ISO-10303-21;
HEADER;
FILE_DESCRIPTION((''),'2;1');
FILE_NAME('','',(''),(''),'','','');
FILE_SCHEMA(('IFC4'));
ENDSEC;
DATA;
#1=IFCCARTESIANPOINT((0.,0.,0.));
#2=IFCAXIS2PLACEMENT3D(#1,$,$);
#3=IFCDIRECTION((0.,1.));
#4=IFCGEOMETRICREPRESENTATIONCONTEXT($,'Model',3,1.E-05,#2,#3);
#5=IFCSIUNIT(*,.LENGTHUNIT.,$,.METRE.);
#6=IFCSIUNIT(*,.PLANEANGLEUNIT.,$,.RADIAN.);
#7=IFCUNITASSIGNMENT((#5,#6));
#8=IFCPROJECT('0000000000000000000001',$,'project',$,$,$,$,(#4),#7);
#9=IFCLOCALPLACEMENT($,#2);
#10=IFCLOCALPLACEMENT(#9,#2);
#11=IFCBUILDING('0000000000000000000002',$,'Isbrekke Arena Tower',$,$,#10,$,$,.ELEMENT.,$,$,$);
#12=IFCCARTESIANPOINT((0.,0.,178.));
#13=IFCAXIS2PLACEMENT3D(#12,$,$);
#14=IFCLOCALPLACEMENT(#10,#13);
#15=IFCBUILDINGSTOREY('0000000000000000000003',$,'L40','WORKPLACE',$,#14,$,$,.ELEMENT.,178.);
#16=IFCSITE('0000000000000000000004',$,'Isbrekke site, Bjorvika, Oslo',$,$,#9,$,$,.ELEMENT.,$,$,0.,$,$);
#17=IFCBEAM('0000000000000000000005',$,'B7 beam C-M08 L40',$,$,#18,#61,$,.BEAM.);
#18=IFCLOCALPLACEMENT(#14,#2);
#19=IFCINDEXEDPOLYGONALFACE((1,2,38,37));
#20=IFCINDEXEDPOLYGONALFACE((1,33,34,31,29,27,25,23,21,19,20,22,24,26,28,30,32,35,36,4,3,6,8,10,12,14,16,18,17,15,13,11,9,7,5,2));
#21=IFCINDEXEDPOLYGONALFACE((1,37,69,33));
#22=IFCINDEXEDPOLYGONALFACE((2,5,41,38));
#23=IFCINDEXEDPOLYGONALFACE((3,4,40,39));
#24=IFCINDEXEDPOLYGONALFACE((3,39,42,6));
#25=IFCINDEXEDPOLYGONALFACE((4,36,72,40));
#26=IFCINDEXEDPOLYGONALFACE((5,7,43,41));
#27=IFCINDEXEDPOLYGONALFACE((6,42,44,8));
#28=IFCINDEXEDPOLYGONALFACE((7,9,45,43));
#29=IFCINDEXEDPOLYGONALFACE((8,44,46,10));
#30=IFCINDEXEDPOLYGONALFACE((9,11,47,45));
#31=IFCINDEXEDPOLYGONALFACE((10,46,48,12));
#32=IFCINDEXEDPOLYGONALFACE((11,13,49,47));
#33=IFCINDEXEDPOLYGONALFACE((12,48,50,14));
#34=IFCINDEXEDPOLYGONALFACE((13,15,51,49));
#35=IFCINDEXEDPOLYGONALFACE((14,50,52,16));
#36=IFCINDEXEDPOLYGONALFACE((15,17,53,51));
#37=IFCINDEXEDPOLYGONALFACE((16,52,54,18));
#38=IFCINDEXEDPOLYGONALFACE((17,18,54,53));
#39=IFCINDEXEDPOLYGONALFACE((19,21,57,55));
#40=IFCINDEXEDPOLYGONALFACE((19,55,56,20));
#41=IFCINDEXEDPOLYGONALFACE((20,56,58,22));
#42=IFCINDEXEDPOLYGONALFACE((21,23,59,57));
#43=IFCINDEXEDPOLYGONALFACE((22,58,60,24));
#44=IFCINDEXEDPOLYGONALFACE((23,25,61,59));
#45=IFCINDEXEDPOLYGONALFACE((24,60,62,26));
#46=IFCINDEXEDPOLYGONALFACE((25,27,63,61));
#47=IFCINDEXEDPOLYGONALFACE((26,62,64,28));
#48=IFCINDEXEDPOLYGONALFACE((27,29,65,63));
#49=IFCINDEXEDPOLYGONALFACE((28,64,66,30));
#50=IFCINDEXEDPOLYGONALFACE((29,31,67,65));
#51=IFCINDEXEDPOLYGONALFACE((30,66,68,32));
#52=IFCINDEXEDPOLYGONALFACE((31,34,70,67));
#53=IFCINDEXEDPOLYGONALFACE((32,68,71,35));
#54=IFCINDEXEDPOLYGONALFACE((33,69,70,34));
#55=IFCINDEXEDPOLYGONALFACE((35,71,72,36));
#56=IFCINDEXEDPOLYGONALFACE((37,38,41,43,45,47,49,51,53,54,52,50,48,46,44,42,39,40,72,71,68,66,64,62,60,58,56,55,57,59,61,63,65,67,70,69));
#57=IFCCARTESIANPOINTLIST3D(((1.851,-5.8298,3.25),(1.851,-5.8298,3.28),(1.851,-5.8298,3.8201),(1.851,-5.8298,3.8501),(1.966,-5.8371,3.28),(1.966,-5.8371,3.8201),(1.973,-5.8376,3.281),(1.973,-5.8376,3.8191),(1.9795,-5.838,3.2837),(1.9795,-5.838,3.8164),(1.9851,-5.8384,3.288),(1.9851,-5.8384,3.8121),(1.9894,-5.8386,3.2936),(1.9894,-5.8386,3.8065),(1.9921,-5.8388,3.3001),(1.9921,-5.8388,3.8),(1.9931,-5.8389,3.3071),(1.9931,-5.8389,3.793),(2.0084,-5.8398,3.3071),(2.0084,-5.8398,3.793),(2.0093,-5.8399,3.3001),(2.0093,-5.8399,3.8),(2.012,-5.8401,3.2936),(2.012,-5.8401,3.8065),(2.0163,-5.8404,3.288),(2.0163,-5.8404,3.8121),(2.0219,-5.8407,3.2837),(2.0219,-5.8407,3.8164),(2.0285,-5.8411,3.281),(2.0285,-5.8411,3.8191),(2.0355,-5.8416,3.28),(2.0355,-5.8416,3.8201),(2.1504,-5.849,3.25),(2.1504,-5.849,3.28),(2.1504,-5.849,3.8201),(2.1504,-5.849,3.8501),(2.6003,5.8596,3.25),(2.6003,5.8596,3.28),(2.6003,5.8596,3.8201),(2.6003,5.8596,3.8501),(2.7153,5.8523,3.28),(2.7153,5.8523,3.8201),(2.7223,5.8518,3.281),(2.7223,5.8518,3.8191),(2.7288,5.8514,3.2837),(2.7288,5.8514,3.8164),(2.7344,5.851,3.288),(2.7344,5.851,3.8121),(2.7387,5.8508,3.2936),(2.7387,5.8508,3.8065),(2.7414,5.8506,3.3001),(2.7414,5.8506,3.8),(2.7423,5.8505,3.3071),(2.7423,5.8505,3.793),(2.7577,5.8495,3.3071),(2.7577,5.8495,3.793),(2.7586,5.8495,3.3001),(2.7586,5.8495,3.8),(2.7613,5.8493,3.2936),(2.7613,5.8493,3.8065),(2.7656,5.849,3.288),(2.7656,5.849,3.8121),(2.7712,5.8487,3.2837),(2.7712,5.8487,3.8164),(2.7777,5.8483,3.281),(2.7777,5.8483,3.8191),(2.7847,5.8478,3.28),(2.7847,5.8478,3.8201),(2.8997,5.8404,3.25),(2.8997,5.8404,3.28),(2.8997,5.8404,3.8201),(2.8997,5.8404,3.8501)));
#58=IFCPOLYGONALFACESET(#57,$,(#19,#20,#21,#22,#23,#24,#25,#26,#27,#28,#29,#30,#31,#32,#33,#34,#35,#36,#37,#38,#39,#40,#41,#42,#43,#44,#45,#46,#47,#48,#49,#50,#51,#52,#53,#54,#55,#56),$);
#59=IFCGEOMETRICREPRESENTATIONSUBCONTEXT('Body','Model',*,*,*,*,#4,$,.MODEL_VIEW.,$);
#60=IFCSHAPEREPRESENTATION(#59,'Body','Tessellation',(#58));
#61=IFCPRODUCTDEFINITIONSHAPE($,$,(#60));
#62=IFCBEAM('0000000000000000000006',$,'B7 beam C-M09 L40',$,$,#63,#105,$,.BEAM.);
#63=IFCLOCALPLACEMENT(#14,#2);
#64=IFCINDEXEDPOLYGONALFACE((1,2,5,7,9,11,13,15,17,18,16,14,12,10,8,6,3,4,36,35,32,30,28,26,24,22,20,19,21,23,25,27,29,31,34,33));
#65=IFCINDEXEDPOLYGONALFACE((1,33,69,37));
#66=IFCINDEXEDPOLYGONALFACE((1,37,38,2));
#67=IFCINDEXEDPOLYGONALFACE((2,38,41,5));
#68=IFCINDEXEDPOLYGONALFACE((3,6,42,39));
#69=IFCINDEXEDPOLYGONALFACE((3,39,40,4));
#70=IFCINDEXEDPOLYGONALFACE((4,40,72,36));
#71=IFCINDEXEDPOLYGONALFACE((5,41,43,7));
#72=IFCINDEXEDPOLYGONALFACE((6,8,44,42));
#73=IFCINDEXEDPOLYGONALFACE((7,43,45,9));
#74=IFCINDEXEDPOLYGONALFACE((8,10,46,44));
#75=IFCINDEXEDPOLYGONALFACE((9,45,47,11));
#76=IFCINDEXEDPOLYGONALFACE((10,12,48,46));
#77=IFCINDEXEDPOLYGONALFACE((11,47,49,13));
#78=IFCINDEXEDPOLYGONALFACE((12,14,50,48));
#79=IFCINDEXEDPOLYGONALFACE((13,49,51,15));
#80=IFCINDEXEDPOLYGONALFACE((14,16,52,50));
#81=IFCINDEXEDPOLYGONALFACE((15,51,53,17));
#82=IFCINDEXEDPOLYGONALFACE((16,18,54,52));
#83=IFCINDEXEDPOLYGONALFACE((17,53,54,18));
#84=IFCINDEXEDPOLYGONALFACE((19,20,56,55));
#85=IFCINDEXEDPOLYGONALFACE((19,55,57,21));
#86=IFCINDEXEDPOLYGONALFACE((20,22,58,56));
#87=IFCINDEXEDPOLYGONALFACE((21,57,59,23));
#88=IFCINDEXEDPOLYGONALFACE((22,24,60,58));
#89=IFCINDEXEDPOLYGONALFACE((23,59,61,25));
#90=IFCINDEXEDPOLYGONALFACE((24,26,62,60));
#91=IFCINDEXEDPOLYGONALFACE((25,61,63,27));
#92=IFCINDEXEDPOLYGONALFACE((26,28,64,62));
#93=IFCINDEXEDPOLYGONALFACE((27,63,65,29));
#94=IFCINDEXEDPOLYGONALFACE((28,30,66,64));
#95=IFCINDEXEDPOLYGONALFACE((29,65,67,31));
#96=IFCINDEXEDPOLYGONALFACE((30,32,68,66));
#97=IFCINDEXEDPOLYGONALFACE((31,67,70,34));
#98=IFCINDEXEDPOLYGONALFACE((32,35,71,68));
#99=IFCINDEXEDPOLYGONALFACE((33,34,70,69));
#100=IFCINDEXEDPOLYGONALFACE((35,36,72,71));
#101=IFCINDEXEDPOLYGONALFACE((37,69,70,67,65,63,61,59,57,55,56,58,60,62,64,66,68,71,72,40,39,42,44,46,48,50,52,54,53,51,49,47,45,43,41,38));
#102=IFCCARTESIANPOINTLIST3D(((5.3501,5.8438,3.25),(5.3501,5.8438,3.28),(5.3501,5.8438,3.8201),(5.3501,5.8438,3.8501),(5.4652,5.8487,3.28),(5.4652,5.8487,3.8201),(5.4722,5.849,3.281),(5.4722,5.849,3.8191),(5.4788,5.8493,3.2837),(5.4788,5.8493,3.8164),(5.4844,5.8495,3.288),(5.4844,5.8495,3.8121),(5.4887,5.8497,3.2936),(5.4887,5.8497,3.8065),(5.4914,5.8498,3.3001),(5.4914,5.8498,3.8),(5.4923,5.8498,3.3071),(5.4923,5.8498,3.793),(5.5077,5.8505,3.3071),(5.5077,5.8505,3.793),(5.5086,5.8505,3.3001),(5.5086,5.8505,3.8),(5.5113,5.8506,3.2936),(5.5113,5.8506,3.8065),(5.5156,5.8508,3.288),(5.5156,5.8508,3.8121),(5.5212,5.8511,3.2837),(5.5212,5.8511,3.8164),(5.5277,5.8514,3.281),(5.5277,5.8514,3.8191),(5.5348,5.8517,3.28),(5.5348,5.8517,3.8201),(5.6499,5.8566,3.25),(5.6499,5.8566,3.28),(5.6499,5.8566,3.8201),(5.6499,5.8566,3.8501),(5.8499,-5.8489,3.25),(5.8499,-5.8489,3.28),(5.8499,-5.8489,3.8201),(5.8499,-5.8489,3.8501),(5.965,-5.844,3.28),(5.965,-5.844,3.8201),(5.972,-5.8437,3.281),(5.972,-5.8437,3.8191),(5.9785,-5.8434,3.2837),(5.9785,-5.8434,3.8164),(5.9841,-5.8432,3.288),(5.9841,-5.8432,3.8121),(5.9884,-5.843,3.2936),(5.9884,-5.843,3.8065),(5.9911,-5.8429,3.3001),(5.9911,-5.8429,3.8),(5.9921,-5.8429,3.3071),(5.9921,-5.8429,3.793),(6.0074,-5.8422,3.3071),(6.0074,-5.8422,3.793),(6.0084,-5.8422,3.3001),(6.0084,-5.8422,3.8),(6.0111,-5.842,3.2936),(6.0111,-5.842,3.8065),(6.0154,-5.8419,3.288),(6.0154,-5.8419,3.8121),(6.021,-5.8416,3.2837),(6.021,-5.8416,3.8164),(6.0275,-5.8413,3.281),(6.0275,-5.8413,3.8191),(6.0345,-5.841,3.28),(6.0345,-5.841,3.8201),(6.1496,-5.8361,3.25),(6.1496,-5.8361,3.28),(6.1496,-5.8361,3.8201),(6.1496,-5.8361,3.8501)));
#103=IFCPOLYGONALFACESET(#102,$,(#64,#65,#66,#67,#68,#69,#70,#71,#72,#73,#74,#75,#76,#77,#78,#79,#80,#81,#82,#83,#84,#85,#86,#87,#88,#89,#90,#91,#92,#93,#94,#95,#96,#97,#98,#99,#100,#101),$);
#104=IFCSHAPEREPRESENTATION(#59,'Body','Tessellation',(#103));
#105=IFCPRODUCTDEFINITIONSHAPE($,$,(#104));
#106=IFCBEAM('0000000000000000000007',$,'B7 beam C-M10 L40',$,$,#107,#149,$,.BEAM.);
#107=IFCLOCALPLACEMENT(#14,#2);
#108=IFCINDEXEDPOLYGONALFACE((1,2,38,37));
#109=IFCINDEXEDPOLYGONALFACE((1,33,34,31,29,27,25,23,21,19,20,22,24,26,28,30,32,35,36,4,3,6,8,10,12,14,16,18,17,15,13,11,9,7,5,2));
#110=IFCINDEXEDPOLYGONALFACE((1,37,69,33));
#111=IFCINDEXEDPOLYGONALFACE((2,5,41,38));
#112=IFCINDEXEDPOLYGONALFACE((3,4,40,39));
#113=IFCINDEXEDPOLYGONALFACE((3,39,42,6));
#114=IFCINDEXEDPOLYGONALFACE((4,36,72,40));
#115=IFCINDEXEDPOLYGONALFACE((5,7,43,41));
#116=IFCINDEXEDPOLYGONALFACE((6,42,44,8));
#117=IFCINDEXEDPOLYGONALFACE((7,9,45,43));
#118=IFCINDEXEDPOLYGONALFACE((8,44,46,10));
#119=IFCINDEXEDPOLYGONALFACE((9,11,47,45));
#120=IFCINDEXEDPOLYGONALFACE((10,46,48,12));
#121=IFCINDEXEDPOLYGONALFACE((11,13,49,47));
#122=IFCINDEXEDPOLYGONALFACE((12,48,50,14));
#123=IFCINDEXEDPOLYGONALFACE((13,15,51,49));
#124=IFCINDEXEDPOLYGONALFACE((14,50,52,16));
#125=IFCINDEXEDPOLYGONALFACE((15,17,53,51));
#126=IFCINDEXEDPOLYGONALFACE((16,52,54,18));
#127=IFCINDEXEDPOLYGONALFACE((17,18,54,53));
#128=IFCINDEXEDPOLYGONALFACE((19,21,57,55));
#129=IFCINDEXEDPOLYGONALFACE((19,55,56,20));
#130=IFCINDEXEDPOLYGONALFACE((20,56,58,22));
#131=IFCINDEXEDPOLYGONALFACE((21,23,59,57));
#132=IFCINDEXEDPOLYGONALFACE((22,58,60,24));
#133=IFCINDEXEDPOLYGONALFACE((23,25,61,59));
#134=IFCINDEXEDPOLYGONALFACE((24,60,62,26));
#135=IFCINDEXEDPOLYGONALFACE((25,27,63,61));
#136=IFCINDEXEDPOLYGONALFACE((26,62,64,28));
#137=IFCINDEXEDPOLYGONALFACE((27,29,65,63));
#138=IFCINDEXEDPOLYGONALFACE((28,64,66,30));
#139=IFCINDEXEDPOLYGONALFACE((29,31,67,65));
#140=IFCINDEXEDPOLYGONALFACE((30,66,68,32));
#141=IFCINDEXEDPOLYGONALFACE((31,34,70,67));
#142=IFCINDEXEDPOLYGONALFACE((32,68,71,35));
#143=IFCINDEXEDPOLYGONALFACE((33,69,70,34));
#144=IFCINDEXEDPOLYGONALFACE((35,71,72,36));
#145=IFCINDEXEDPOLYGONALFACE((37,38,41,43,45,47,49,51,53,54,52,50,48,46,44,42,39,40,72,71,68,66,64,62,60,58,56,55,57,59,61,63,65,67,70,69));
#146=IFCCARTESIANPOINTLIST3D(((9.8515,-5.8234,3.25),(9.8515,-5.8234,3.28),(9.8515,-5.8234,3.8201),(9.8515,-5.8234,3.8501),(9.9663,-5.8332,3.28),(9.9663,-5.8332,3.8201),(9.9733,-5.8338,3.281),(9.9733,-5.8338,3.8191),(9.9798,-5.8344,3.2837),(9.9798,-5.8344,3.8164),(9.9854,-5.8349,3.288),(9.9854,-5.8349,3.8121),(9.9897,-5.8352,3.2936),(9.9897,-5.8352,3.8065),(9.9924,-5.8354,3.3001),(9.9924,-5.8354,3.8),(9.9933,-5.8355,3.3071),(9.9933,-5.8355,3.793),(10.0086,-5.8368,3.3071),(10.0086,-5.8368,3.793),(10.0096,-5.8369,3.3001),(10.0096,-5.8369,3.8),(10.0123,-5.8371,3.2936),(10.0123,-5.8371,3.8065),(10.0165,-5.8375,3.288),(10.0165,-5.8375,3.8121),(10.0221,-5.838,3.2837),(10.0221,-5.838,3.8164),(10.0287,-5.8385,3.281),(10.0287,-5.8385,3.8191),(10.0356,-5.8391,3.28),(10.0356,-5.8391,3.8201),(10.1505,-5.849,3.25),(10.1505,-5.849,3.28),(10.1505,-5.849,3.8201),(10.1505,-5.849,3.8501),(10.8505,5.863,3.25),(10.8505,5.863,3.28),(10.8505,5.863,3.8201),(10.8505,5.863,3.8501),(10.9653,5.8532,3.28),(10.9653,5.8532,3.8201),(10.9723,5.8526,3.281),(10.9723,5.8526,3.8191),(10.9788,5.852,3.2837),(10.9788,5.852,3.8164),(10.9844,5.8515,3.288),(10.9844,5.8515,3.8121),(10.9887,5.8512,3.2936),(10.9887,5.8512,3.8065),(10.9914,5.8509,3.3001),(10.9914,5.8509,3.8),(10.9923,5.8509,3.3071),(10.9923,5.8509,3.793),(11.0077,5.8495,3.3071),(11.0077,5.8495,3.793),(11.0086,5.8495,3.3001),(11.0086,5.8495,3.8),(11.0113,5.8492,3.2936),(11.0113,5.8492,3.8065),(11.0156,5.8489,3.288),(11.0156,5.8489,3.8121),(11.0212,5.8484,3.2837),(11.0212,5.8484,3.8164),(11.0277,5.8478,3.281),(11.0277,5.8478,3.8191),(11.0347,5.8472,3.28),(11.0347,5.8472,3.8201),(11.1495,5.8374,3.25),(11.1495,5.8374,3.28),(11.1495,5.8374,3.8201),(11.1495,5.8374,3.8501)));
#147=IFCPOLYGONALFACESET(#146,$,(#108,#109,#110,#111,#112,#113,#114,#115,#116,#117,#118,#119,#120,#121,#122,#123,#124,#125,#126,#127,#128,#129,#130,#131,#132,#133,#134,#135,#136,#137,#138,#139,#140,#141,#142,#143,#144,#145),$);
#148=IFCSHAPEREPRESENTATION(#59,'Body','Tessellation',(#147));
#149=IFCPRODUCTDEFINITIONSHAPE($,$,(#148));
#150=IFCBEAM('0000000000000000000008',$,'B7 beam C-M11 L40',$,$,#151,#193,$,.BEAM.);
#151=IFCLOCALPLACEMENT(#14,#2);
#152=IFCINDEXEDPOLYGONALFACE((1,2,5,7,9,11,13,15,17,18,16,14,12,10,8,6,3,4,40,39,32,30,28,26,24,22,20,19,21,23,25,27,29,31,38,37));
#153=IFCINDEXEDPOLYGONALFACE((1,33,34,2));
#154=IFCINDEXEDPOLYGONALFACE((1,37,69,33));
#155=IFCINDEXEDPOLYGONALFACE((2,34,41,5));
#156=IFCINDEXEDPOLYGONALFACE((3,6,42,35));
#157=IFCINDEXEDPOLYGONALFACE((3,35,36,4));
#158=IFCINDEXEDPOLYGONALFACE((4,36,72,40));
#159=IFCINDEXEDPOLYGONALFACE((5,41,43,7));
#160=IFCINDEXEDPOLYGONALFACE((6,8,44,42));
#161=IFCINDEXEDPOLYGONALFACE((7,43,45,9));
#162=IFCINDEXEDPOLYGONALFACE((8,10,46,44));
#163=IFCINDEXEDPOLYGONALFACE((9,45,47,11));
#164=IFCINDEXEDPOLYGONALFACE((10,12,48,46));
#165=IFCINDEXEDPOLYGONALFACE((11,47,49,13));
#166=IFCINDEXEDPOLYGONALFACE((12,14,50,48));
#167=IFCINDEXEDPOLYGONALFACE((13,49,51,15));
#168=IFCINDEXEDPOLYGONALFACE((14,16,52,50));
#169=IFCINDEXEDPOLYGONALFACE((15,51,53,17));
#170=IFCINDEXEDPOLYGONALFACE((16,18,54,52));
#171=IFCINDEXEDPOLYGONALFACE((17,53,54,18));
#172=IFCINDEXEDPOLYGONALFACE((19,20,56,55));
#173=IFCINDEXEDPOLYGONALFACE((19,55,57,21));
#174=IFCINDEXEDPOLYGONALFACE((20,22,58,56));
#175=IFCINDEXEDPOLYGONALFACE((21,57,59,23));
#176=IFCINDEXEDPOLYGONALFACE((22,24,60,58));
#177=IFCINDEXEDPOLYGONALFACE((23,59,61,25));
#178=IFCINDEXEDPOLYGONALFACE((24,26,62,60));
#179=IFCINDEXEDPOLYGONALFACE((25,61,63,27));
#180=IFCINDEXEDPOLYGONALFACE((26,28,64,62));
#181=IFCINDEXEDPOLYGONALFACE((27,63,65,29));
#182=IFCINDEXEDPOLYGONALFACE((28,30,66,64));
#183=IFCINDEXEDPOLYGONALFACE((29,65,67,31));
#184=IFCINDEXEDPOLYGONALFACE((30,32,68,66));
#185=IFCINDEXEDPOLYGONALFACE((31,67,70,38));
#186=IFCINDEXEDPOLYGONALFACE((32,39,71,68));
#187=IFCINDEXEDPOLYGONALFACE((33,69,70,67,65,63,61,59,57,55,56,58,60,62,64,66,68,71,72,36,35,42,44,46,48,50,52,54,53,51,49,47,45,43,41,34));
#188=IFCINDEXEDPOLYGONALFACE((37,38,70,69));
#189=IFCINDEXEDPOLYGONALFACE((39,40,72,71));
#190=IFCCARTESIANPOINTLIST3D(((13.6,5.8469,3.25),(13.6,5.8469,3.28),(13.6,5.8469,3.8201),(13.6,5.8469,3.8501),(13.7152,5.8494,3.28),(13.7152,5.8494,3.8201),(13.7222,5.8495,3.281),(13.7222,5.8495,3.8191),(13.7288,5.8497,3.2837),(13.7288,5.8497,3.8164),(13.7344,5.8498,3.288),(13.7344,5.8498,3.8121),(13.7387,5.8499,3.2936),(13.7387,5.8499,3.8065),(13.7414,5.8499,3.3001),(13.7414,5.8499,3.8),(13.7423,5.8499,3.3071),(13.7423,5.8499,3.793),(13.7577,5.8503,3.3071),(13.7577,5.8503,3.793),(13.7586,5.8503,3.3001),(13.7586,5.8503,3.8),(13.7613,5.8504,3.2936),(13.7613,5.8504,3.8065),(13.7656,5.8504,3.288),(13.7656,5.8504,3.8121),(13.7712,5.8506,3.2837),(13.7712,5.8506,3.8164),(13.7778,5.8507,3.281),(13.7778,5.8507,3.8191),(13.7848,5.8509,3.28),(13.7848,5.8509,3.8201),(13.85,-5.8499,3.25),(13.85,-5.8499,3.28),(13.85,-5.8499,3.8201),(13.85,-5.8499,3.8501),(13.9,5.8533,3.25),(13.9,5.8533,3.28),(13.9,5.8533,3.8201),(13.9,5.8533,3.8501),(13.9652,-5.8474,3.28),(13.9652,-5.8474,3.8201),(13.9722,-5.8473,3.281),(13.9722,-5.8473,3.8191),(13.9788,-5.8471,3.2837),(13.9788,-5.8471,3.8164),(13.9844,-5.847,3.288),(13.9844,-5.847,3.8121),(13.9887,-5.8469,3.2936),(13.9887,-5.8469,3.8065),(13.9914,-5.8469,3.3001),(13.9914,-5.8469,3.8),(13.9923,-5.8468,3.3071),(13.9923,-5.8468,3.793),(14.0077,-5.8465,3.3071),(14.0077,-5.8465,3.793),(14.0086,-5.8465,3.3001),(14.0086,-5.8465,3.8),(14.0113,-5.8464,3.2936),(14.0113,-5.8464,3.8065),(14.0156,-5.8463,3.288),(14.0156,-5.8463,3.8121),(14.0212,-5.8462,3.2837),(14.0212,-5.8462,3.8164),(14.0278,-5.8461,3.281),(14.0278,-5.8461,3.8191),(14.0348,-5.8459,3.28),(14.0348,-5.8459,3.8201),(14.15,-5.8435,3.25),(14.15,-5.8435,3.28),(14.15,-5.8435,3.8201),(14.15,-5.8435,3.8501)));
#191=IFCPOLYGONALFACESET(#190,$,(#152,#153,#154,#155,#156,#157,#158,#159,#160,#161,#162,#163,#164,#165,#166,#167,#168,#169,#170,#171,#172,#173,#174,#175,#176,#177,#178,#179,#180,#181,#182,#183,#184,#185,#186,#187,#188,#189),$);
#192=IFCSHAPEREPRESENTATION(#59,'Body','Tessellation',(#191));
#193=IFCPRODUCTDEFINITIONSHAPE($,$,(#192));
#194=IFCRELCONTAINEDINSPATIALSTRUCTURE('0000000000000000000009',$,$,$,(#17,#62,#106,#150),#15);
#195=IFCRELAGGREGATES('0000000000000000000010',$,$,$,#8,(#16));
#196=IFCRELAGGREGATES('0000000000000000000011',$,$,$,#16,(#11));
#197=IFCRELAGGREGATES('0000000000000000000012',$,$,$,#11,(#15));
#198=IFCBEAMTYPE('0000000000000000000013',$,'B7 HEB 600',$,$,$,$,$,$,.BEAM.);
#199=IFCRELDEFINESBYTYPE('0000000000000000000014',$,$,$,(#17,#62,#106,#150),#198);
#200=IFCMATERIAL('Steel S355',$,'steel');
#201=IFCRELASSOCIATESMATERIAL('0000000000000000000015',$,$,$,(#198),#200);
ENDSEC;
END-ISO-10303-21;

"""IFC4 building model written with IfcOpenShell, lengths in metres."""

from ifc_helpers import new_model, si_unit, direction, frame, origin, origin_2d, place, context, subcontext, project, spatial, i_section, extrude, material, material_profile, profile_set, type_object, element, save


model = new_model("IFC4")

# Units and contexts
model_context = context("Model", 3, precision=1e-05, world=origin(), true_north=direction((0.0, 1.0)))
body_context = subcontext(model_context, "Body", "Model", "MODEL_VIEW")
ifc_project = project(units=[si_unit("LENGTHUNIT", "METRE"), si_unit("PLANEANGLEUNIT", "RADIAN")], contexts=[model_context])

# Site, building, storey
site_placement = place(None, origin())
site = spatial("IfcSite", under=ifc_project, at=site_placement, Name="Isbrekke site, Bjorvika, Oslo", CompositionType="ELEMENT", RefElevation=0.0)
building_placement = place(site_placement, origin())
building = spatial("IfcBuilding", under=site, at=building_placement, Name="Isbrekke Arena Tower", CompositionType="ELEMENT")
storey_placement = place(building_placement, frame((0.0, 0.0, 178.0)))
storey = spatial("IfcBuildingStorey", under=building, at=storey_placement, Name="L40", Description="WORKPLACE", CompositionType="ELEMENT", Elevation=178.0)

# Beams
ifc_material_1 = material(Name="Steel S355", Category="steel")
ifc_material_profile_1 = material_profile(ifc_material_1, i_section(OverallWidth=0.3, OverallDepth=0.6001, WebThickness=0.0154, FlangeThickness=0.03, FilletRadius=0.0271, at=origin_2d()), Name="HEB 600")
ifc_profile_set_1 = profile_set([ifc_material_profile_1], Name="Steel S355")
beam_type_1 = type_object("IfcBeamType", Name="B7 HEB 600", PredefinedType="BEAM", material=ifc_profile_set_1)
beam_1_placement = place(storey_placement, frame((2.0007, -5.8394, 3.55), z_axis=(0.063966, 0.997952, 0.0), x_axis=(-0.997952, 0.063966, 0.0)))
element("IfcBeam", 1, at=beam_1_placement, inside=storey, type_object=beam_type_1, Name="B7 beam C-M08 L40", PredefinedType="BEAM", context=body_context, shape_type="SweptSolid", body=[
    extrude(i_section(OverallWidth=0.3, OverallDepth=0.6001, WebThickness=0.0154, FlangeThickness=0.03, FilletRadius=0.0271, at=origin_2d()), origin(), (0.0, 0.0, 1.0), 11.7134),
])
beam_2_placement = place(storey_placement, frame((5.9998, -5.8425, 3.55), z_axis=(-0.042702, 0.999088, 0.0), x_axis=(-0.999088, -0.042702, 0.0)))
element("IfcBeam", 2, at=beam_2_placement, inside=storey, type_object=beam_type_1, Name="B7 beam C-M09 L40", PredefinedType="BEAM", context=body_context, shape_type="SweptSolid", body=[
    extrude(i_section(OverallWidth=0.3, OverallDepth=0.6001, WebThickness=0.0154, FlangeThickness=0.03, FilletRadius=0.0271, at=origin_2d()), origin(), (0.0, 0.0, 1.0), 11.7034),
])
beam_3_placement = place(storey_placement, frame((10.001, -5.8362, 3.55), z_axis=(0.085176, 0.996366, 0.0), x_axis=(-0.996366, 0.085176, 0.0)))
element("IfcBeam", 3, at=beam_3_placement, inside=storey, type_object=beam_type_1, Name="B7 beam C-M10 L40", PredefinedType="BEAM", context=body_context, shape_type="SweptSolid", body=[
    extrude(i_section(OverallWidth=0.3, OverallDepth=0.6001, WebThickness=0.0154, FlangeThickness=0.03, FilletRadius=0.0271, at=origin_2d()), origin(), (0.0, 0.0, 1.0), 11.729),
])
beam_4_placement = place(storey_placement, frame((14.0, -5.8467, 3.55), z_axis=(-0.021369, 0.999772, 0.0), x_axis=(-0.999772, -0.021369, 0.0)))
element("IfcBeam", 4, at=beam_4_placement, inside=storey, type_object=beam_type_1, Name="B7 beam C-M11 L40", PredefinedType="BEAM", context=body_context, shape_type="SweptSolid", body=[
    extrude(i_section(OverallWidth=0.3, OverallDepth=0.6001, WebThickness=0.0154, FlangeThickness=0.03, FilletRadius=0.0271, at=origin_2d()), origin(), (0.0, 0.0, 1.0), 11.6995),
])

save(model, "model.ifc")
